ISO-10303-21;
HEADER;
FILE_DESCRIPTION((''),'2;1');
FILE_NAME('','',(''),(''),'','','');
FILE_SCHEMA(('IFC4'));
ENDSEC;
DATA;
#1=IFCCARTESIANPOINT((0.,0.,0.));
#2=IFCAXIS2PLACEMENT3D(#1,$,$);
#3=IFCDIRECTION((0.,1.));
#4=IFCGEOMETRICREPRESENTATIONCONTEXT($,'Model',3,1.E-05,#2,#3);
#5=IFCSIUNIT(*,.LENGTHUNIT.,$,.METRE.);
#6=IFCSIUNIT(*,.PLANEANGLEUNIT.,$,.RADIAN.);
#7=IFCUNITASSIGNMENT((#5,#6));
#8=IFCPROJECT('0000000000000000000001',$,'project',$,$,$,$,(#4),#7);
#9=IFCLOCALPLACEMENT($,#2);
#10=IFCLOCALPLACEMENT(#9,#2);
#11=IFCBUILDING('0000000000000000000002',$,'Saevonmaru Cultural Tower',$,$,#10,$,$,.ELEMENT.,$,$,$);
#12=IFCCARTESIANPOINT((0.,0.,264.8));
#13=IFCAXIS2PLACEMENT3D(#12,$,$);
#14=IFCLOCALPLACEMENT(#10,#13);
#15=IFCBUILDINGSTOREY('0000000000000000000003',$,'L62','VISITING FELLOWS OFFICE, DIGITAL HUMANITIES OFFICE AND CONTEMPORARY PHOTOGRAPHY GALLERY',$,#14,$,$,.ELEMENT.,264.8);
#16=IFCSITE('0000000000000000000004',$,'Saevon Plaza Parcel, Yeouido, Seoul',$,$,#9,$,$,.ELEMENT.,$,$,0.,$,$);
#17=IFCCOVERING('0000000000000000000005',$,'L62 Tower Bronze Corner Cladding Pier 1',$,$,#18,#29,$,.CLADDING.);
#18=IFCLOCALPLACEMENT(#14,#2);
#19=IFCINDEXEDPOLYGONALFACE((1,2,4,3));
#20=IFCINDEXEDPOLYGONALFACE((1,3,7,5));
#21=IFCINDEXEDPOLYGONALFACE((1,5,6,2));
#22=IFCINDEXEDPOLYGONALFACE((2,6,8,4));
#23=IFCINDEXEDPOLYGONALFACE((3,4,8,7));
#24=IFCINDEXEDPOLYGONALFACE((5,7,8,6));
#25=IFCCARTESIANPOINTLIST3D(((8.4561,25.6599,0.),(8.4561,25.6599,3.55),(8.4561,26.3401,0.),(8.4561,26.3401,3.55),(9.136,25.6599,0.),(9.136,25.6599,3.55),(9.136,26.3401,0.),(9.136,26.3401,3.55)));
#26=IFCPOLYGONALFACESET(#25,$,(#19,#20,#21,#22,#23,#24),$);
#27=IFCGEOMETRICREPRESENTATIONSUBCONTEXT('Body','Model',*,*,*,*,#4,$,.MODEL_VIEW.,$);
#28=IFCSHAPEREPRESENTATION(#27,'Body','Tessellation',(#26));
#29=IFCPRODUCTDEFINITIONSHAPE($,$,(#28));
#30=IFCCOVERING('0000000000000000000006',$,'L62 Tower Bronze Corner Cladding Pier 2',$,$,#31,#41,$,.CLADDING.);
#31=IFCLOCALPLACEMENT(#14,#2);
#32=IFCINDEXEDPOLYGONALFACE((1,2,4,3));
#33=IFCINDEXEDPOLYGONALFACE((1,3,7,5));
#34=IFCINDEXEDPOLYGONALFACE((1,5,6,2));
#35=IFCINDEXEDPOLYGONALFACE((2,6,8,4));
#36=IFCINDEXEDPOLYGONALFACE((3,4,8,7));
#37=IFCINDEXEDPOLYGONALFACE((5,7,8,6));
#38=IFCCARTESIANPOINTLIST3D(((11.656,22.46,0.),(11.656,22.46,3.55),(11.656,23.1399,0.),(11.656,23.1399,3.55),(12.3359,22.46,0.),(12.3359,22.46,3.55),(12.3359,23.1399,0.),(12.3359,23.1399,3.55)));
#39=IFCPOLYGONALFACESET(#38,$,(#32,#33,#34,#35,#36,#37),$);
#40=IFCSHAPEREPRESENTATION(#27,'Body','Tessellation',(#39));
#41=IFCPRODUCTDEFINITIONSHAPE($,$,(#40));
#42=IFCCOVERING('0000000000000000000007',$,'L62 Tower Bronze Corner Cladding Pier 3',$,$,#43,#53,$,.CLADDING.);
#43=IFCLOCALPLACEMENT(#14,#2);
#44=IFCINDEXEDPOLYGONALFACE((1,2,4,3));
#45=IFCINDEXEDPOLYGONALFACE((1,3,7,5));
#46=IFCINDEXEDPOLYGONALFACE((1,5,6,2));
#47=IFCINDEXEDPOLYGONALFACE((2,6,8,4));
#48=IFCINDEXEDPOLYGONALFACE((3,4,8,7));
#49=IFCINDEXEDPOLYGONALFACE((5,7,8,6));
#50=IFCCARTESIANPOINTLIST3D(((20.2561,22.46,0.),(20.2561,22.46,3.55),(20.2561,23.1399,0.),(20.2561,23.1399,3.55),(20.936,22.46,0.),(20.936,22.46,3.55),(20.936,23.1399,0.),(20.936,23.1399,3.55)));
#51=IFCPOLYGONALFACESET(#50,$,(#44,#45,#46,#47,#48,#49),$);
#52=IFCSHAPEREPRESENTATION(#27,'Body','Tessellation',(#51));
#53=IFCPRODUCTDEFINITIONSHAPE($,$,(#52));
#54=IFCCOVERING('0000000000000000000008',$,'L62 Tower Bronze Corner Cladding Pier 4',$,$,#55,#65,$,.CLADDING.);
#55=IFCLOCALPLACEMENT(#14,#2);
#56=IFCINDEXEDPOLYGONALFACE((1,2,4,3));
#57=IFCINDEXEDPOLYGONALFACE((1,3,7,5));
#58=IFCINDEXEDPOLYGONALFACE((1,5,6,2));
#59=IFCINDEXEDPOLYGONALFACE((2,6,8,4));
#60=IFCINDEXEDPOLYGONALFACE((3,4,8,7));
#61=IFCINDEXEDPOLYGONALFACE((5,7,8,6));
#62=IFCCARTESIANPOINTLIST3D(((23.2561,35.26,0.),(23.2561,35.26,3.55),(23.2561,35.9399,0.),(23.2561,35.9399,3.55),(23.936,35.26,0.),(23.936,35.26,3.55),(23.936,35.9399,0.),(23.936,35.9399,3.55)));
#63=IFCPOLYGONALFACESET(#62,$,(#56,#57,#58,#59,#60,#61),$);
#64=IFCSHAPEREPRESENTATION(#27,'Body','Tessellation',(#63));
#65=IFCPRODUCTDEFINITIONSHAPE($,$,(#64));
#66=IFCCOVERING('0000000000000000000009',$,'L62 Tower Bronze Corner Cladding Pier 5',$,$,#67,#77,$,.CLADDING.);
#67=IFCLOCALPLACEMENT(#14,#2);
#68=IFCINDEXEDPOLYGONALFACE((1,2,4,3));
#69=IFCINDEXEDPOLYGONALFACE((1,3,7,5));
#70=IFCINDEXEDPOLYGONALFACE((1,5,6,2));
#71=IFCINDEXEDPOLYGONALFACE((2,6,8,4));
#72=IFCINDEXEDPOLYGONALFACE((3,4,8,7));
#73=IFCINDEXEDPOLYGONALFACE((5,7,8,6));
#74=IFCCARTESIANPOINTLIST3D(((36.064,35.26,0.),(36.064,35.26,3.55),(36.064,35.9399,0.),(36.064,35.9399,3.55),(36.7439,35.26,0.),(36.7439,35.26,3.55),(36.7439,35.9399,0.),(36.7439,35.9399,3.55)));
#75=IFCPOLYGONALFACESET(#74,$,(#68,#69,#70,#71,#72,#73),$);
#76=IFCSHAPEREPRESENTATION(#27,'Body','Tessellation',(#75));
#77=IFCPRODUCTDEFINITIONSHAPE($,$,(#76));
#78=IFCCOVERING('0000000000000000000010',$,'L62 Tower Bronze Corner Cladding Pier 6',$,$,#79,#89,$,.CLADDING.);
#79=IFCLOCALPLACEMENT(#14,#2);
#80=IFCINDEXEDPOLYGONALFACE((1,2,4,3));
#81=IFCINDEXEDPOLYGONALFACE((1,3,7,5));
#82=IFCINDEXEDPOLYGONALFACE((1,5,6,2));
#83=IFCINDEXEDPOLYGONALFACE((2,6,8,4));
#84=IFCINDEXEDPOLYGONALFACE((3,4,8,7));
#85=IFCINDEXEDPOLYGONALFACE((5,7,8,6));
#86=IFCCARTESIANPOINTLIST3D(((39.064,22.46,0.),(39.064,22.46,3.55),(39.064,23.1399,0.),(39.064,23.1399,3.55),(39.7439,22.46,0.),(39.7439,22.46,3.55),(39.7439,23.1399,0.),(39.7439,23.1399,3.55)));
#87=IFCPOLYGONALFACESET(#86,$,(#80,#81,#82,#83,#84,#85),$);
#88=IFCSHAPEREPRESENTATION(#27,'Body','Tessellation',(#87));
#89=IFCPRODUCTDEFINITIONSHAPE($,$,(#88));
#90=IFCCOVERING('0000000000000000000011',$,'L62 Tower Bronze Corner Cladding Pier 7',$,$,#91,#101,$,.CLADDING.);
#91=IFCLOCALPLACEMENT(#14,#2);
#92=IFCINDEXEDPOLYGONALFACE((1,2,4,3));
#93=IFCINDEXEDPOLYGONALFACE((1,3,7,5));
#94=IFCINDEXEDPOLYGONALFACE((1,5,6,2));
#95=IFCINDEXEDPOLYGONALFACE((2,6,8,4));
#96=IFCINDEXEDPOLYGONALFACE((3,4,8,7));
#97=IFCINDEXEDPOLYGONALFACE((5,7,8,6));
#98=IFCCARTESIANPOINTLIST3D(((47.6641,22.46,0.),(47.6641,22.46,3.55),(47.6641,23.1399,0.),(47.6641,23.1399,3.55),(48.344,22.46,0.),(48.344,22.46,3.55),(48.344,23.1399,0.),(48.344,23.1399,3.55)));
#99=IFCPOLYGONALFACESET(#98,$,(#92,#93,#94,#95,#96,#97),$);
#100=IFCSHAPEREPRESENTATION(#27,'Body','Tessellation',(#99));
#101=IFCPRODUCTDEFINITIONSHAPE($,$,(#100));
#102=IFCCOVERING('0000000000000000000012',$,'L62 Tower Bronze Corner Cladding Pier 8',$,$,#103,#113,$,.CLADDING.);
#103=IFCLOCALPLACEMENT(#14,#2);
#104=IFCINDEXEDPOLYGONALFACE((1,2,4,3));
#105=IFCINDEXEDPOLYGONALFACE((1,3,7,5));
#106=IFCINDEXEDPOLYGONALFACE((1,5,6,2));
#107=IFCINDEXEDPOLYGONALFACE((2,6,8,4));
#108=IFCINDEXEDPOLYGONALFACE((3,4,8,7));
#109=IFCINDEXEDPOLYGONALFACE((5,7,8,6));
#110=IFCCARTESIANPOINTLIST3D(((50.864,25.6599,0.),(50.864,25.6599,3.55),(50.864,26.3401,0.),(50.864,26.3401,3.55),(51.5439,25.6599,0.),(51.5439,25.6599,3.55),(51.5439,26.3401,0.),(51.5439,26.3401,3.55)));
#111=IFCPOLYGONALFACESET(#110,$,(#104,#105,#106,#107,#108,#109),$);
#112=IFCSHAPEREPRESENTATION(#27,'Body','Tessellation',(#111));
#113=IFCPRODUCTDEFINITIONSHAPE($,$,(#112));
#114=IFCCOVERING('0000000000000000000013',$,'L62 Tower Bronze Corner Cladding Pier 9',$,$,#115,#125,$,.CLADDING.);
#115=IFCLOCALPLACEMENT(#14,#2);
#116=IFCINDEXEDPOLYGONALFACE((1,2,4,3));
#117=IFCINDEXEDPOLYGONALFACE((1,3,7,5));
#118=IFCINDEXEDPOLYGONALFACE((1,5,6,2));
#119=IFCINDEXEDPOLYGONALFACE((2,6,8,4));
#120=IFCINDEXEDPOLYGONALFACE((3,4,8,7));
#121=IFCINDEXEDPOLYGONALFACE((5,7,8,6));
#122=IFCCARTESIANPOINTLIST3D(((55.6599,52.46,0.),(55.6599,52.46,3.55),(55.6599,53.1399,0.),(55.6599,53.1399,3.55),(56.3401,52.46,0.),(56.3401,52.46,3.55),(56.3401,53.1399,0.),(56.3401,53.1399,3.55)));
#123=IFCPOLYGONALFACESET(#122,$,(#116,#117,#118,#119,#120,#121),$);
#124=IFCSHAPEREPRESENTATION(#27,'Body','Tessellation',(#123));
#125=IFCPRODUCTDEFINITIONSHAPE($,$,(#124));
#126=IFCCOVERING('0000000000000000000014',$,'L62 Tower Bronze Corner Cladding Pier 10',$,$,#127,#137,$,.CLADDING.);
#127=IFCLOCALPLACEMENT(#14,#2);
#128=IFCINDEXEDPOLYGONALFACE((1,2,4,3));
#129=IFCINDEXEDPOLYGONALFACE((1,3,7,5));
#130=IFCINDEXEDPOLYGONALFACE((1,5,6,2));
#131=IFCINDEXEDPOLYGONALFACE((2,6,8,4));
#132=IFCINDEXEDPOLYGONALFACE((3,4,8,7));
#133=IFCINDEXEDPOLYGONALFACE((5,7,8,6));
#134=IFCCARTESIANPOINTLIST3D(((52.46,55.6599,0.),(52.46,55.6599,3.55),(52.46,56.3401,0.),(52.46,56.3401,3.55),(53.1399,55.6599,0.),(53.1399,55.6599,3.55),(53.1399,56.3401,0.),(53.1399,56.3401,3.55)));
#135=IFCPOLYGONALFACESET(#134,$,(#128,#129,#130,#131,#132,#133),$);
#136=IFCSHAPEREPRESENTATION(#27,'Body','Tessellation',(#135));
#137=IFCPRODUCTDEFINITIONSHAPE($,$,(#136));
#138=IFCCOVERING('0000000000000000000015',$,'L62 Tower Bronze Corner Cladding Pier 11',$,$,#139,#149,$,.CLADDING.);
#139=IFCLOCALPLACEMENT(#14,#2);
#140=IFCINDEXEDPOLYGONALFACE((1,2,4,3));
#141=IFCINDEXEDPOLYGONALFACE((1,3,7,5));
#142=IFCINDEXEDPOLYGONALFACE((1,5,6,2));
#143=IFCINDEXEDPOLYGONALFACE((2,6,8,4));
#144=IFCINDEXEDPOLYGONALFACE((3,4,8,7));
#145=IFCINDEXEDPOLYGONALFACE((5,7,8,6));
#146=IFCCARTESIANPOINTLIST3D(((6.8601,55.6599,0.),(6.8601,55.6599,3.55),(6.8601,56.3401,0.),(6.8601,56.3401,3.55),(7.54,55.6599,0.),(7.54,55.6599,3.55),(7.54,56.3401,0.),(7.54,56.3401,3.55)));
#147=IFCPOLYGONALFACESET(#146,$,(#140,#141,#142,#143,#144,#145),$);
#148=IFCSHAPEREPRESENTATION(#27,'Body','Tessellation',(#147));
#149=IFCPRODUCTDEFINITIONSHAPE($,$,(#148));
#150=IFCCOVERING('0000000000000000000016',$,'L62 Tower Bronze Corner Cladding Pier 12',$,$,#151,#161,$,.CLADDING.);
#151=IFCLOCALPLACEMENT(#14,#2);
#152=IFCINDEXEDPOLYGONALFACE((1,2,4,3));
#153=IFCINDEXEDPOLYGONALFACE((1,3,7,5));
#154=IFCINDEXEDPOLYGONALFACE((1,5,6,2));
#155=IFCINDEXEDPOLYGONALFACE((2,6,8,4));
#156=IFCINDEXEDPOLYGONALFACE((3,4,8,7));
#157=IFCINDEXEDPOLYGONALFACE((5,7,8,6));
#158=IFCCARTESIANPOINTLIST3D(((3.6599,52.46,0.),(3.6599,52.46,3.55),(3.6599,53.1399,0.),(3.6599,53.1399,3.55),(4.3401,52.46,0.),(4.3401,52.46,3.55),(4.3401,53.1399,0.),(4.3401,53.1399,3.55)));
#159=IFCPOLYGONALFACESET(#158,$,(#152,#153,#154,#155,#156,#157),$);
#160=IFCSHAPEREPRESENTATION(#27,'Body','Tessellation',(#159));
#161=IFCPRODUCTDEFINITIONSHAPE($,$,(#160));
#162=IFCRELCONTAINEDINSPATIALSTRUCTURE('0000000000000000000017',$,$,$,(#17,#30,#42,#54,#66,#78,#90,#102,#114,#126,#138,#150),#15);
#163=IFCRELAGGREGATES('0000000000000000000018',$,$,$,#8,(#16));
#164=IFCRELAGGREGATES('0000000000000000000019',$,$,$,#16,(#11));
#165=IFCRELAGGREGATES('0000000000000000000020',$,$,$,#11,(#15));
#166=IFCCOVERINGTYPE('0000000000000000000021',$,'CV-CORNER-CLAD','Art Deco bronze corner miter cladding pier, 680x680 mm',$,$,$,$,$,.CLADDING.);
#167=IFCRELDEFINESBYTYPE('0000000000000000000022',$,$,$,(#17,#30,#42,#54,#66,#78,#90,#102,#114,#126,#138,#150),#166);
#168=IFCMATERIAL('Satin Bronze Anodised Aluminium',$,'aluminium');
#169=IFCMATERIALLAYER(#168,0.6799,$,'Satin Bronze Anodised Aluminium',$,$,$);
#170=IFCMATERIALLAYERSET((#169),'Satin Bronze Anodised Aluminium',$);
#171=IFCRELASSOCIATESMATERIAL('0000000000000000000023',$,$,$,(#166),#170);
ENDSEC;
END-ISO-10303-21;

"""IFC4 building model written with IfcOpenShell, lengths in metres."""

from ifc_helpers import new_model, si_unit, direction, frame, origin, place, context, subcontext, project, spatial, polyline, outline, extrude, material, layer, layer_set, type_object, element, save


model = new_model("IFC4")

# Units and contexts
model_context = context("Model", 3, precision=1e-05, world=origin(), true_north=direction((0.0, 1.0)))
body_context = subcontext(model_context, "Body", "Model", "MODEL_VIEW")
ifc_project = project(units=[si_unit("LENGTHUNIT", "METRE"), si_unit("PLANEANGLEUNIT", "RADIAN")], contexts=[model_context])

# Site, building, storey
site_placement = place(None, origin())
site = spatial("IfcSite", under=ifc_project, at=site_placement, Name="Saevon Plaza Parcel, Yeouido, Seoul", CompositionType="ELEMENT", RefElevation=0.0)
building_placement = place(site_placement, origin())
building = spatial("IfcBuilding", under=site, at=building_placement, Name="Saevonmaru Cultural Tower", CompositionType="ELEMENT")
storey_placement = place(building_placement, frame((0.0, 0.0, 264.8)))
storey = spatial("IfcBuildingStorey", under=building, at=storey_placement, Name="L62", Description="VISITING FELLOWS OFFICE, DIGITAL HUMANITIES OFFICE AND CONTEMPORARY PHOTOGRAPHY GALLERY", CompositionType="ELEMENT", Elevation=264.8)

# Shared definitions
ifc_material_1 = material(Name="Satin Bronze Anodised Aluminium", Category="aluminium")

# Coverings
ifc_layer_1 = layer(ifc_material_1, 0.6799, Name="Satin Bronze Anodised Aluminium")
ifc_layer_set_1 = layer_set([ifc_layer_1], Name="Satin Bronze Anodised Aluminium")
covering_type = type_object("IfcCoveringType", Name="CV-CORNER-CLAD", Description="Art Deco bronze corner miter cladding pier, 680x680 mm", PredefinedType="CLADDING", material=ifc_layer_set_1)
covering_1_placement = place(storey_placement, origin())
element("IfcCovering", 1, at=covering_1_placement, inside=storey, type_object=covering_type, Name="L62 Tower Bronze Corner Cladding Pier 1", PredefinedType="CLADDING", context=body_context, shape_type="SweptSolid", body=[
    extrude(outline(polyline([(8.4561, 25.6599), (9.136, 25.6599), (9.136, 26.3401), (8.4561, 26.3401), (8.4561, 25.6599)])), origin(), (0.0, 0.0, 1.0), 3.55),
])
covering_2_placement = place(storey_placement, origin())
element("IfcCovering", 2, at=covering_2_placement, inside=storey, type_object=covering_type, Name="L62 Tower Bronze Corner Cladding Pier 2", PredefinedType="CLADDING", context=body_context, shape_type="SweptSolid", body=[
    extrude(outline(polyline([(11.656, 22.46), (12.3359, 22.46), (12.3359, 23.1399), (11.656, 23.1399), (11.656, 22.46)])), origin(), (0.0, 0.0, 1.0), 3.55),
])
covering_3_placement = place(storey_placement, origin())
element("IfcCovering", 3, at=covering_3_placement, inside=storey, type_object=covering_type, Name="L62 Tower Bronze Corner Cladding Pier 3", PredefinedType="CLADDING", context=body_context, shape_type="SweptSolid", body=[
    extrude(outline(polyline([(20.2561, 22.46), (20.936, 22.46), (20.936, 23.1399), (20.2561, 23.1399), (20.2561, 22.46)])), origin(), (0.0, 0.0, 1.0), 3.55),
])
covering_4_placement = place(storey_placement, origin())
element("IfcCovering", 4, at=covering_4_placement, inside=storey, type_object=covering_type, Name="L62 Tower Bronze Corner Cladding Pier 4", PredefinedType="CLADDING", context=body_context, shape_type="SweptSolid", body=[
    extrude(outline(polyline([(23.2561, 35.26), (23.936, 35.26), (23.936, 35.9399), (23.2561, 35.9399), (23.2561, 35.26)])), origin(), (0.0, 0.0, 1.0), 3.55),
])
covering_5_placement = place(storey_placement, origin())
element("IfcCovering", 5, at=covering_5_placement, inside=storey, type_object=covering_type, Name="L62 Tower Bronze Corner Cladding Pier 5", PredefinedType="CLADDING", context=body_context, shape_type="SweptSolid", body=[
    extrude(outline(polyline([(36.064, 35.26), (36.7439, 35.26), (36.7439, 35.9399), (36.064, 35.9399), (36.064, 35.26)])), origin(), (0.0, 0.0, 1.0), 3.55),
])
covering_6_placement = place(storey_placement, origin())
element("IfcCovering", 6, at=covering_6_placement, inside=storey, type_object=covering_type, Name="L62 Tower Bronze Corner Cladding Pier 6", PredefinedType="CLADDING", context=body_context, shape_type="SweptSolid", body=[
    extrude(outline(polyline([(39.064, 22.46), (39.7439, 22.46), (39.7439, 23.1399), (39.064, 23.1399), (39.064, 22.46)])), origin(), (0.0, 0.0, 1.0), 3.55),
])
covering_7_placement = place(storey_placement, origin())
element("IfcCovering", 7, at=covering_7_placement, inside=storey, type_object=covering_type, Name="L62 Tower Bronze Corner Cladding Pier 7", PredefinedType="CLADDING", context=body_context, shape_type="SweptSolid", body=[
    extrude(outline(polyline([(47.6641, 22.46), (48.344, 22.46), (48.344, 23.1399), (47.6641, 23.1399), (47.6641, 22.46)])), origin(), (0.0, 0.0, 1.0), 3.55),
])
covering_8_placement = place(storey_placement, origin())
element("IfcCovering", 8, at=covering_8_placement, inside=storey, type_object=covering_type, Name="L62 Tower Bronze Corner Cladding Pier 8", PredefinedType="CLADDING", context=body_context, shape_type="SweptSolid", body=[
    extrude(outline(polyline([(50.864, 25.6599), (51.5439, 25.6599), (51.5439, 26.3401), (50.864, 26.3401), (50.864, 25.6599)])), origin(), (0.0, 0.0, 1.0), 3.55),
])
covering_9_placement = place(storey_placement, origin())
element("IfcCovering", 9, at=covering_9_placement, inside=storey, type_object=covering_type, Name="L62 Tower Bronze Corner Cladding Pier 9", PredefinedType="CLADDING", context=body_context, shape_type="SweptSolid", body=[
    extrude(outline(polyline([(55.6599, 52.46), (56.3401, 52.46), (56.3401, 53.1399), (55.6599, 53.1399), (55.6599, 52.46)])), origin(), (0.0, 0.0, 1.0), 3.55),
])
covering_10_placement = place(storey_placement, origin())
element("IfcCovering", 10, at=covering_10_placement, inside=storey, type_object=covering_type, Name="L62 Tower Bronze Corner Cladding Pier 10", PredefinedType="CLADDING", context=body_context, shape_type="SweptSolid", body=[
    extrude(outline(polyline([(52.46, 55.6599), (53.1399, 55.6599), (53.1399, 56.3401), (52.46, 56.3401), (52.46, 55.6599)])), origin(), (0.0, 0.0, 1.0), 3.55),
])
covering_11_placement = place(storey_placement, origin())
element("IfcCovering", 11, at=covering_11_placement, inside=storey, type_object=covering_type, Name="L62 Tower Bronze Corner Cladding Pier 11", PredefinedType="CLADDING", context=body_context, shape_type="SweptSolid", body=[
    extrude(outline(polyline([(6.8601, 55.6599), (7.54, 55.6599), (7.54, 56.3401), (6.8601, 56.3401), (6.8601, 55.6599)])), origin(), (0.0, 0.0, 1.0), 3.55),
])
covering_12_placement = place(storey_placement, origin())
element("IfcCovering", 12, at=covering_12_placement, inside=storey, type_object=covering_type, Name="L62 Tower Bronze Corner Cladding Pier 12", PredefinedType="CLADDING", context=body_context, shape_type="SweptSolid", body=[
    extrude(outline(polyline([(3.6599, 52.46), (4.3401, 52.46), (4.3401, 53.1399), (3.6599, 53.1399), (3.6599, 52.46)])), origin(), (0.0, 0.0, 1.0), 3.55),
])

save(model, "model.ifc")
